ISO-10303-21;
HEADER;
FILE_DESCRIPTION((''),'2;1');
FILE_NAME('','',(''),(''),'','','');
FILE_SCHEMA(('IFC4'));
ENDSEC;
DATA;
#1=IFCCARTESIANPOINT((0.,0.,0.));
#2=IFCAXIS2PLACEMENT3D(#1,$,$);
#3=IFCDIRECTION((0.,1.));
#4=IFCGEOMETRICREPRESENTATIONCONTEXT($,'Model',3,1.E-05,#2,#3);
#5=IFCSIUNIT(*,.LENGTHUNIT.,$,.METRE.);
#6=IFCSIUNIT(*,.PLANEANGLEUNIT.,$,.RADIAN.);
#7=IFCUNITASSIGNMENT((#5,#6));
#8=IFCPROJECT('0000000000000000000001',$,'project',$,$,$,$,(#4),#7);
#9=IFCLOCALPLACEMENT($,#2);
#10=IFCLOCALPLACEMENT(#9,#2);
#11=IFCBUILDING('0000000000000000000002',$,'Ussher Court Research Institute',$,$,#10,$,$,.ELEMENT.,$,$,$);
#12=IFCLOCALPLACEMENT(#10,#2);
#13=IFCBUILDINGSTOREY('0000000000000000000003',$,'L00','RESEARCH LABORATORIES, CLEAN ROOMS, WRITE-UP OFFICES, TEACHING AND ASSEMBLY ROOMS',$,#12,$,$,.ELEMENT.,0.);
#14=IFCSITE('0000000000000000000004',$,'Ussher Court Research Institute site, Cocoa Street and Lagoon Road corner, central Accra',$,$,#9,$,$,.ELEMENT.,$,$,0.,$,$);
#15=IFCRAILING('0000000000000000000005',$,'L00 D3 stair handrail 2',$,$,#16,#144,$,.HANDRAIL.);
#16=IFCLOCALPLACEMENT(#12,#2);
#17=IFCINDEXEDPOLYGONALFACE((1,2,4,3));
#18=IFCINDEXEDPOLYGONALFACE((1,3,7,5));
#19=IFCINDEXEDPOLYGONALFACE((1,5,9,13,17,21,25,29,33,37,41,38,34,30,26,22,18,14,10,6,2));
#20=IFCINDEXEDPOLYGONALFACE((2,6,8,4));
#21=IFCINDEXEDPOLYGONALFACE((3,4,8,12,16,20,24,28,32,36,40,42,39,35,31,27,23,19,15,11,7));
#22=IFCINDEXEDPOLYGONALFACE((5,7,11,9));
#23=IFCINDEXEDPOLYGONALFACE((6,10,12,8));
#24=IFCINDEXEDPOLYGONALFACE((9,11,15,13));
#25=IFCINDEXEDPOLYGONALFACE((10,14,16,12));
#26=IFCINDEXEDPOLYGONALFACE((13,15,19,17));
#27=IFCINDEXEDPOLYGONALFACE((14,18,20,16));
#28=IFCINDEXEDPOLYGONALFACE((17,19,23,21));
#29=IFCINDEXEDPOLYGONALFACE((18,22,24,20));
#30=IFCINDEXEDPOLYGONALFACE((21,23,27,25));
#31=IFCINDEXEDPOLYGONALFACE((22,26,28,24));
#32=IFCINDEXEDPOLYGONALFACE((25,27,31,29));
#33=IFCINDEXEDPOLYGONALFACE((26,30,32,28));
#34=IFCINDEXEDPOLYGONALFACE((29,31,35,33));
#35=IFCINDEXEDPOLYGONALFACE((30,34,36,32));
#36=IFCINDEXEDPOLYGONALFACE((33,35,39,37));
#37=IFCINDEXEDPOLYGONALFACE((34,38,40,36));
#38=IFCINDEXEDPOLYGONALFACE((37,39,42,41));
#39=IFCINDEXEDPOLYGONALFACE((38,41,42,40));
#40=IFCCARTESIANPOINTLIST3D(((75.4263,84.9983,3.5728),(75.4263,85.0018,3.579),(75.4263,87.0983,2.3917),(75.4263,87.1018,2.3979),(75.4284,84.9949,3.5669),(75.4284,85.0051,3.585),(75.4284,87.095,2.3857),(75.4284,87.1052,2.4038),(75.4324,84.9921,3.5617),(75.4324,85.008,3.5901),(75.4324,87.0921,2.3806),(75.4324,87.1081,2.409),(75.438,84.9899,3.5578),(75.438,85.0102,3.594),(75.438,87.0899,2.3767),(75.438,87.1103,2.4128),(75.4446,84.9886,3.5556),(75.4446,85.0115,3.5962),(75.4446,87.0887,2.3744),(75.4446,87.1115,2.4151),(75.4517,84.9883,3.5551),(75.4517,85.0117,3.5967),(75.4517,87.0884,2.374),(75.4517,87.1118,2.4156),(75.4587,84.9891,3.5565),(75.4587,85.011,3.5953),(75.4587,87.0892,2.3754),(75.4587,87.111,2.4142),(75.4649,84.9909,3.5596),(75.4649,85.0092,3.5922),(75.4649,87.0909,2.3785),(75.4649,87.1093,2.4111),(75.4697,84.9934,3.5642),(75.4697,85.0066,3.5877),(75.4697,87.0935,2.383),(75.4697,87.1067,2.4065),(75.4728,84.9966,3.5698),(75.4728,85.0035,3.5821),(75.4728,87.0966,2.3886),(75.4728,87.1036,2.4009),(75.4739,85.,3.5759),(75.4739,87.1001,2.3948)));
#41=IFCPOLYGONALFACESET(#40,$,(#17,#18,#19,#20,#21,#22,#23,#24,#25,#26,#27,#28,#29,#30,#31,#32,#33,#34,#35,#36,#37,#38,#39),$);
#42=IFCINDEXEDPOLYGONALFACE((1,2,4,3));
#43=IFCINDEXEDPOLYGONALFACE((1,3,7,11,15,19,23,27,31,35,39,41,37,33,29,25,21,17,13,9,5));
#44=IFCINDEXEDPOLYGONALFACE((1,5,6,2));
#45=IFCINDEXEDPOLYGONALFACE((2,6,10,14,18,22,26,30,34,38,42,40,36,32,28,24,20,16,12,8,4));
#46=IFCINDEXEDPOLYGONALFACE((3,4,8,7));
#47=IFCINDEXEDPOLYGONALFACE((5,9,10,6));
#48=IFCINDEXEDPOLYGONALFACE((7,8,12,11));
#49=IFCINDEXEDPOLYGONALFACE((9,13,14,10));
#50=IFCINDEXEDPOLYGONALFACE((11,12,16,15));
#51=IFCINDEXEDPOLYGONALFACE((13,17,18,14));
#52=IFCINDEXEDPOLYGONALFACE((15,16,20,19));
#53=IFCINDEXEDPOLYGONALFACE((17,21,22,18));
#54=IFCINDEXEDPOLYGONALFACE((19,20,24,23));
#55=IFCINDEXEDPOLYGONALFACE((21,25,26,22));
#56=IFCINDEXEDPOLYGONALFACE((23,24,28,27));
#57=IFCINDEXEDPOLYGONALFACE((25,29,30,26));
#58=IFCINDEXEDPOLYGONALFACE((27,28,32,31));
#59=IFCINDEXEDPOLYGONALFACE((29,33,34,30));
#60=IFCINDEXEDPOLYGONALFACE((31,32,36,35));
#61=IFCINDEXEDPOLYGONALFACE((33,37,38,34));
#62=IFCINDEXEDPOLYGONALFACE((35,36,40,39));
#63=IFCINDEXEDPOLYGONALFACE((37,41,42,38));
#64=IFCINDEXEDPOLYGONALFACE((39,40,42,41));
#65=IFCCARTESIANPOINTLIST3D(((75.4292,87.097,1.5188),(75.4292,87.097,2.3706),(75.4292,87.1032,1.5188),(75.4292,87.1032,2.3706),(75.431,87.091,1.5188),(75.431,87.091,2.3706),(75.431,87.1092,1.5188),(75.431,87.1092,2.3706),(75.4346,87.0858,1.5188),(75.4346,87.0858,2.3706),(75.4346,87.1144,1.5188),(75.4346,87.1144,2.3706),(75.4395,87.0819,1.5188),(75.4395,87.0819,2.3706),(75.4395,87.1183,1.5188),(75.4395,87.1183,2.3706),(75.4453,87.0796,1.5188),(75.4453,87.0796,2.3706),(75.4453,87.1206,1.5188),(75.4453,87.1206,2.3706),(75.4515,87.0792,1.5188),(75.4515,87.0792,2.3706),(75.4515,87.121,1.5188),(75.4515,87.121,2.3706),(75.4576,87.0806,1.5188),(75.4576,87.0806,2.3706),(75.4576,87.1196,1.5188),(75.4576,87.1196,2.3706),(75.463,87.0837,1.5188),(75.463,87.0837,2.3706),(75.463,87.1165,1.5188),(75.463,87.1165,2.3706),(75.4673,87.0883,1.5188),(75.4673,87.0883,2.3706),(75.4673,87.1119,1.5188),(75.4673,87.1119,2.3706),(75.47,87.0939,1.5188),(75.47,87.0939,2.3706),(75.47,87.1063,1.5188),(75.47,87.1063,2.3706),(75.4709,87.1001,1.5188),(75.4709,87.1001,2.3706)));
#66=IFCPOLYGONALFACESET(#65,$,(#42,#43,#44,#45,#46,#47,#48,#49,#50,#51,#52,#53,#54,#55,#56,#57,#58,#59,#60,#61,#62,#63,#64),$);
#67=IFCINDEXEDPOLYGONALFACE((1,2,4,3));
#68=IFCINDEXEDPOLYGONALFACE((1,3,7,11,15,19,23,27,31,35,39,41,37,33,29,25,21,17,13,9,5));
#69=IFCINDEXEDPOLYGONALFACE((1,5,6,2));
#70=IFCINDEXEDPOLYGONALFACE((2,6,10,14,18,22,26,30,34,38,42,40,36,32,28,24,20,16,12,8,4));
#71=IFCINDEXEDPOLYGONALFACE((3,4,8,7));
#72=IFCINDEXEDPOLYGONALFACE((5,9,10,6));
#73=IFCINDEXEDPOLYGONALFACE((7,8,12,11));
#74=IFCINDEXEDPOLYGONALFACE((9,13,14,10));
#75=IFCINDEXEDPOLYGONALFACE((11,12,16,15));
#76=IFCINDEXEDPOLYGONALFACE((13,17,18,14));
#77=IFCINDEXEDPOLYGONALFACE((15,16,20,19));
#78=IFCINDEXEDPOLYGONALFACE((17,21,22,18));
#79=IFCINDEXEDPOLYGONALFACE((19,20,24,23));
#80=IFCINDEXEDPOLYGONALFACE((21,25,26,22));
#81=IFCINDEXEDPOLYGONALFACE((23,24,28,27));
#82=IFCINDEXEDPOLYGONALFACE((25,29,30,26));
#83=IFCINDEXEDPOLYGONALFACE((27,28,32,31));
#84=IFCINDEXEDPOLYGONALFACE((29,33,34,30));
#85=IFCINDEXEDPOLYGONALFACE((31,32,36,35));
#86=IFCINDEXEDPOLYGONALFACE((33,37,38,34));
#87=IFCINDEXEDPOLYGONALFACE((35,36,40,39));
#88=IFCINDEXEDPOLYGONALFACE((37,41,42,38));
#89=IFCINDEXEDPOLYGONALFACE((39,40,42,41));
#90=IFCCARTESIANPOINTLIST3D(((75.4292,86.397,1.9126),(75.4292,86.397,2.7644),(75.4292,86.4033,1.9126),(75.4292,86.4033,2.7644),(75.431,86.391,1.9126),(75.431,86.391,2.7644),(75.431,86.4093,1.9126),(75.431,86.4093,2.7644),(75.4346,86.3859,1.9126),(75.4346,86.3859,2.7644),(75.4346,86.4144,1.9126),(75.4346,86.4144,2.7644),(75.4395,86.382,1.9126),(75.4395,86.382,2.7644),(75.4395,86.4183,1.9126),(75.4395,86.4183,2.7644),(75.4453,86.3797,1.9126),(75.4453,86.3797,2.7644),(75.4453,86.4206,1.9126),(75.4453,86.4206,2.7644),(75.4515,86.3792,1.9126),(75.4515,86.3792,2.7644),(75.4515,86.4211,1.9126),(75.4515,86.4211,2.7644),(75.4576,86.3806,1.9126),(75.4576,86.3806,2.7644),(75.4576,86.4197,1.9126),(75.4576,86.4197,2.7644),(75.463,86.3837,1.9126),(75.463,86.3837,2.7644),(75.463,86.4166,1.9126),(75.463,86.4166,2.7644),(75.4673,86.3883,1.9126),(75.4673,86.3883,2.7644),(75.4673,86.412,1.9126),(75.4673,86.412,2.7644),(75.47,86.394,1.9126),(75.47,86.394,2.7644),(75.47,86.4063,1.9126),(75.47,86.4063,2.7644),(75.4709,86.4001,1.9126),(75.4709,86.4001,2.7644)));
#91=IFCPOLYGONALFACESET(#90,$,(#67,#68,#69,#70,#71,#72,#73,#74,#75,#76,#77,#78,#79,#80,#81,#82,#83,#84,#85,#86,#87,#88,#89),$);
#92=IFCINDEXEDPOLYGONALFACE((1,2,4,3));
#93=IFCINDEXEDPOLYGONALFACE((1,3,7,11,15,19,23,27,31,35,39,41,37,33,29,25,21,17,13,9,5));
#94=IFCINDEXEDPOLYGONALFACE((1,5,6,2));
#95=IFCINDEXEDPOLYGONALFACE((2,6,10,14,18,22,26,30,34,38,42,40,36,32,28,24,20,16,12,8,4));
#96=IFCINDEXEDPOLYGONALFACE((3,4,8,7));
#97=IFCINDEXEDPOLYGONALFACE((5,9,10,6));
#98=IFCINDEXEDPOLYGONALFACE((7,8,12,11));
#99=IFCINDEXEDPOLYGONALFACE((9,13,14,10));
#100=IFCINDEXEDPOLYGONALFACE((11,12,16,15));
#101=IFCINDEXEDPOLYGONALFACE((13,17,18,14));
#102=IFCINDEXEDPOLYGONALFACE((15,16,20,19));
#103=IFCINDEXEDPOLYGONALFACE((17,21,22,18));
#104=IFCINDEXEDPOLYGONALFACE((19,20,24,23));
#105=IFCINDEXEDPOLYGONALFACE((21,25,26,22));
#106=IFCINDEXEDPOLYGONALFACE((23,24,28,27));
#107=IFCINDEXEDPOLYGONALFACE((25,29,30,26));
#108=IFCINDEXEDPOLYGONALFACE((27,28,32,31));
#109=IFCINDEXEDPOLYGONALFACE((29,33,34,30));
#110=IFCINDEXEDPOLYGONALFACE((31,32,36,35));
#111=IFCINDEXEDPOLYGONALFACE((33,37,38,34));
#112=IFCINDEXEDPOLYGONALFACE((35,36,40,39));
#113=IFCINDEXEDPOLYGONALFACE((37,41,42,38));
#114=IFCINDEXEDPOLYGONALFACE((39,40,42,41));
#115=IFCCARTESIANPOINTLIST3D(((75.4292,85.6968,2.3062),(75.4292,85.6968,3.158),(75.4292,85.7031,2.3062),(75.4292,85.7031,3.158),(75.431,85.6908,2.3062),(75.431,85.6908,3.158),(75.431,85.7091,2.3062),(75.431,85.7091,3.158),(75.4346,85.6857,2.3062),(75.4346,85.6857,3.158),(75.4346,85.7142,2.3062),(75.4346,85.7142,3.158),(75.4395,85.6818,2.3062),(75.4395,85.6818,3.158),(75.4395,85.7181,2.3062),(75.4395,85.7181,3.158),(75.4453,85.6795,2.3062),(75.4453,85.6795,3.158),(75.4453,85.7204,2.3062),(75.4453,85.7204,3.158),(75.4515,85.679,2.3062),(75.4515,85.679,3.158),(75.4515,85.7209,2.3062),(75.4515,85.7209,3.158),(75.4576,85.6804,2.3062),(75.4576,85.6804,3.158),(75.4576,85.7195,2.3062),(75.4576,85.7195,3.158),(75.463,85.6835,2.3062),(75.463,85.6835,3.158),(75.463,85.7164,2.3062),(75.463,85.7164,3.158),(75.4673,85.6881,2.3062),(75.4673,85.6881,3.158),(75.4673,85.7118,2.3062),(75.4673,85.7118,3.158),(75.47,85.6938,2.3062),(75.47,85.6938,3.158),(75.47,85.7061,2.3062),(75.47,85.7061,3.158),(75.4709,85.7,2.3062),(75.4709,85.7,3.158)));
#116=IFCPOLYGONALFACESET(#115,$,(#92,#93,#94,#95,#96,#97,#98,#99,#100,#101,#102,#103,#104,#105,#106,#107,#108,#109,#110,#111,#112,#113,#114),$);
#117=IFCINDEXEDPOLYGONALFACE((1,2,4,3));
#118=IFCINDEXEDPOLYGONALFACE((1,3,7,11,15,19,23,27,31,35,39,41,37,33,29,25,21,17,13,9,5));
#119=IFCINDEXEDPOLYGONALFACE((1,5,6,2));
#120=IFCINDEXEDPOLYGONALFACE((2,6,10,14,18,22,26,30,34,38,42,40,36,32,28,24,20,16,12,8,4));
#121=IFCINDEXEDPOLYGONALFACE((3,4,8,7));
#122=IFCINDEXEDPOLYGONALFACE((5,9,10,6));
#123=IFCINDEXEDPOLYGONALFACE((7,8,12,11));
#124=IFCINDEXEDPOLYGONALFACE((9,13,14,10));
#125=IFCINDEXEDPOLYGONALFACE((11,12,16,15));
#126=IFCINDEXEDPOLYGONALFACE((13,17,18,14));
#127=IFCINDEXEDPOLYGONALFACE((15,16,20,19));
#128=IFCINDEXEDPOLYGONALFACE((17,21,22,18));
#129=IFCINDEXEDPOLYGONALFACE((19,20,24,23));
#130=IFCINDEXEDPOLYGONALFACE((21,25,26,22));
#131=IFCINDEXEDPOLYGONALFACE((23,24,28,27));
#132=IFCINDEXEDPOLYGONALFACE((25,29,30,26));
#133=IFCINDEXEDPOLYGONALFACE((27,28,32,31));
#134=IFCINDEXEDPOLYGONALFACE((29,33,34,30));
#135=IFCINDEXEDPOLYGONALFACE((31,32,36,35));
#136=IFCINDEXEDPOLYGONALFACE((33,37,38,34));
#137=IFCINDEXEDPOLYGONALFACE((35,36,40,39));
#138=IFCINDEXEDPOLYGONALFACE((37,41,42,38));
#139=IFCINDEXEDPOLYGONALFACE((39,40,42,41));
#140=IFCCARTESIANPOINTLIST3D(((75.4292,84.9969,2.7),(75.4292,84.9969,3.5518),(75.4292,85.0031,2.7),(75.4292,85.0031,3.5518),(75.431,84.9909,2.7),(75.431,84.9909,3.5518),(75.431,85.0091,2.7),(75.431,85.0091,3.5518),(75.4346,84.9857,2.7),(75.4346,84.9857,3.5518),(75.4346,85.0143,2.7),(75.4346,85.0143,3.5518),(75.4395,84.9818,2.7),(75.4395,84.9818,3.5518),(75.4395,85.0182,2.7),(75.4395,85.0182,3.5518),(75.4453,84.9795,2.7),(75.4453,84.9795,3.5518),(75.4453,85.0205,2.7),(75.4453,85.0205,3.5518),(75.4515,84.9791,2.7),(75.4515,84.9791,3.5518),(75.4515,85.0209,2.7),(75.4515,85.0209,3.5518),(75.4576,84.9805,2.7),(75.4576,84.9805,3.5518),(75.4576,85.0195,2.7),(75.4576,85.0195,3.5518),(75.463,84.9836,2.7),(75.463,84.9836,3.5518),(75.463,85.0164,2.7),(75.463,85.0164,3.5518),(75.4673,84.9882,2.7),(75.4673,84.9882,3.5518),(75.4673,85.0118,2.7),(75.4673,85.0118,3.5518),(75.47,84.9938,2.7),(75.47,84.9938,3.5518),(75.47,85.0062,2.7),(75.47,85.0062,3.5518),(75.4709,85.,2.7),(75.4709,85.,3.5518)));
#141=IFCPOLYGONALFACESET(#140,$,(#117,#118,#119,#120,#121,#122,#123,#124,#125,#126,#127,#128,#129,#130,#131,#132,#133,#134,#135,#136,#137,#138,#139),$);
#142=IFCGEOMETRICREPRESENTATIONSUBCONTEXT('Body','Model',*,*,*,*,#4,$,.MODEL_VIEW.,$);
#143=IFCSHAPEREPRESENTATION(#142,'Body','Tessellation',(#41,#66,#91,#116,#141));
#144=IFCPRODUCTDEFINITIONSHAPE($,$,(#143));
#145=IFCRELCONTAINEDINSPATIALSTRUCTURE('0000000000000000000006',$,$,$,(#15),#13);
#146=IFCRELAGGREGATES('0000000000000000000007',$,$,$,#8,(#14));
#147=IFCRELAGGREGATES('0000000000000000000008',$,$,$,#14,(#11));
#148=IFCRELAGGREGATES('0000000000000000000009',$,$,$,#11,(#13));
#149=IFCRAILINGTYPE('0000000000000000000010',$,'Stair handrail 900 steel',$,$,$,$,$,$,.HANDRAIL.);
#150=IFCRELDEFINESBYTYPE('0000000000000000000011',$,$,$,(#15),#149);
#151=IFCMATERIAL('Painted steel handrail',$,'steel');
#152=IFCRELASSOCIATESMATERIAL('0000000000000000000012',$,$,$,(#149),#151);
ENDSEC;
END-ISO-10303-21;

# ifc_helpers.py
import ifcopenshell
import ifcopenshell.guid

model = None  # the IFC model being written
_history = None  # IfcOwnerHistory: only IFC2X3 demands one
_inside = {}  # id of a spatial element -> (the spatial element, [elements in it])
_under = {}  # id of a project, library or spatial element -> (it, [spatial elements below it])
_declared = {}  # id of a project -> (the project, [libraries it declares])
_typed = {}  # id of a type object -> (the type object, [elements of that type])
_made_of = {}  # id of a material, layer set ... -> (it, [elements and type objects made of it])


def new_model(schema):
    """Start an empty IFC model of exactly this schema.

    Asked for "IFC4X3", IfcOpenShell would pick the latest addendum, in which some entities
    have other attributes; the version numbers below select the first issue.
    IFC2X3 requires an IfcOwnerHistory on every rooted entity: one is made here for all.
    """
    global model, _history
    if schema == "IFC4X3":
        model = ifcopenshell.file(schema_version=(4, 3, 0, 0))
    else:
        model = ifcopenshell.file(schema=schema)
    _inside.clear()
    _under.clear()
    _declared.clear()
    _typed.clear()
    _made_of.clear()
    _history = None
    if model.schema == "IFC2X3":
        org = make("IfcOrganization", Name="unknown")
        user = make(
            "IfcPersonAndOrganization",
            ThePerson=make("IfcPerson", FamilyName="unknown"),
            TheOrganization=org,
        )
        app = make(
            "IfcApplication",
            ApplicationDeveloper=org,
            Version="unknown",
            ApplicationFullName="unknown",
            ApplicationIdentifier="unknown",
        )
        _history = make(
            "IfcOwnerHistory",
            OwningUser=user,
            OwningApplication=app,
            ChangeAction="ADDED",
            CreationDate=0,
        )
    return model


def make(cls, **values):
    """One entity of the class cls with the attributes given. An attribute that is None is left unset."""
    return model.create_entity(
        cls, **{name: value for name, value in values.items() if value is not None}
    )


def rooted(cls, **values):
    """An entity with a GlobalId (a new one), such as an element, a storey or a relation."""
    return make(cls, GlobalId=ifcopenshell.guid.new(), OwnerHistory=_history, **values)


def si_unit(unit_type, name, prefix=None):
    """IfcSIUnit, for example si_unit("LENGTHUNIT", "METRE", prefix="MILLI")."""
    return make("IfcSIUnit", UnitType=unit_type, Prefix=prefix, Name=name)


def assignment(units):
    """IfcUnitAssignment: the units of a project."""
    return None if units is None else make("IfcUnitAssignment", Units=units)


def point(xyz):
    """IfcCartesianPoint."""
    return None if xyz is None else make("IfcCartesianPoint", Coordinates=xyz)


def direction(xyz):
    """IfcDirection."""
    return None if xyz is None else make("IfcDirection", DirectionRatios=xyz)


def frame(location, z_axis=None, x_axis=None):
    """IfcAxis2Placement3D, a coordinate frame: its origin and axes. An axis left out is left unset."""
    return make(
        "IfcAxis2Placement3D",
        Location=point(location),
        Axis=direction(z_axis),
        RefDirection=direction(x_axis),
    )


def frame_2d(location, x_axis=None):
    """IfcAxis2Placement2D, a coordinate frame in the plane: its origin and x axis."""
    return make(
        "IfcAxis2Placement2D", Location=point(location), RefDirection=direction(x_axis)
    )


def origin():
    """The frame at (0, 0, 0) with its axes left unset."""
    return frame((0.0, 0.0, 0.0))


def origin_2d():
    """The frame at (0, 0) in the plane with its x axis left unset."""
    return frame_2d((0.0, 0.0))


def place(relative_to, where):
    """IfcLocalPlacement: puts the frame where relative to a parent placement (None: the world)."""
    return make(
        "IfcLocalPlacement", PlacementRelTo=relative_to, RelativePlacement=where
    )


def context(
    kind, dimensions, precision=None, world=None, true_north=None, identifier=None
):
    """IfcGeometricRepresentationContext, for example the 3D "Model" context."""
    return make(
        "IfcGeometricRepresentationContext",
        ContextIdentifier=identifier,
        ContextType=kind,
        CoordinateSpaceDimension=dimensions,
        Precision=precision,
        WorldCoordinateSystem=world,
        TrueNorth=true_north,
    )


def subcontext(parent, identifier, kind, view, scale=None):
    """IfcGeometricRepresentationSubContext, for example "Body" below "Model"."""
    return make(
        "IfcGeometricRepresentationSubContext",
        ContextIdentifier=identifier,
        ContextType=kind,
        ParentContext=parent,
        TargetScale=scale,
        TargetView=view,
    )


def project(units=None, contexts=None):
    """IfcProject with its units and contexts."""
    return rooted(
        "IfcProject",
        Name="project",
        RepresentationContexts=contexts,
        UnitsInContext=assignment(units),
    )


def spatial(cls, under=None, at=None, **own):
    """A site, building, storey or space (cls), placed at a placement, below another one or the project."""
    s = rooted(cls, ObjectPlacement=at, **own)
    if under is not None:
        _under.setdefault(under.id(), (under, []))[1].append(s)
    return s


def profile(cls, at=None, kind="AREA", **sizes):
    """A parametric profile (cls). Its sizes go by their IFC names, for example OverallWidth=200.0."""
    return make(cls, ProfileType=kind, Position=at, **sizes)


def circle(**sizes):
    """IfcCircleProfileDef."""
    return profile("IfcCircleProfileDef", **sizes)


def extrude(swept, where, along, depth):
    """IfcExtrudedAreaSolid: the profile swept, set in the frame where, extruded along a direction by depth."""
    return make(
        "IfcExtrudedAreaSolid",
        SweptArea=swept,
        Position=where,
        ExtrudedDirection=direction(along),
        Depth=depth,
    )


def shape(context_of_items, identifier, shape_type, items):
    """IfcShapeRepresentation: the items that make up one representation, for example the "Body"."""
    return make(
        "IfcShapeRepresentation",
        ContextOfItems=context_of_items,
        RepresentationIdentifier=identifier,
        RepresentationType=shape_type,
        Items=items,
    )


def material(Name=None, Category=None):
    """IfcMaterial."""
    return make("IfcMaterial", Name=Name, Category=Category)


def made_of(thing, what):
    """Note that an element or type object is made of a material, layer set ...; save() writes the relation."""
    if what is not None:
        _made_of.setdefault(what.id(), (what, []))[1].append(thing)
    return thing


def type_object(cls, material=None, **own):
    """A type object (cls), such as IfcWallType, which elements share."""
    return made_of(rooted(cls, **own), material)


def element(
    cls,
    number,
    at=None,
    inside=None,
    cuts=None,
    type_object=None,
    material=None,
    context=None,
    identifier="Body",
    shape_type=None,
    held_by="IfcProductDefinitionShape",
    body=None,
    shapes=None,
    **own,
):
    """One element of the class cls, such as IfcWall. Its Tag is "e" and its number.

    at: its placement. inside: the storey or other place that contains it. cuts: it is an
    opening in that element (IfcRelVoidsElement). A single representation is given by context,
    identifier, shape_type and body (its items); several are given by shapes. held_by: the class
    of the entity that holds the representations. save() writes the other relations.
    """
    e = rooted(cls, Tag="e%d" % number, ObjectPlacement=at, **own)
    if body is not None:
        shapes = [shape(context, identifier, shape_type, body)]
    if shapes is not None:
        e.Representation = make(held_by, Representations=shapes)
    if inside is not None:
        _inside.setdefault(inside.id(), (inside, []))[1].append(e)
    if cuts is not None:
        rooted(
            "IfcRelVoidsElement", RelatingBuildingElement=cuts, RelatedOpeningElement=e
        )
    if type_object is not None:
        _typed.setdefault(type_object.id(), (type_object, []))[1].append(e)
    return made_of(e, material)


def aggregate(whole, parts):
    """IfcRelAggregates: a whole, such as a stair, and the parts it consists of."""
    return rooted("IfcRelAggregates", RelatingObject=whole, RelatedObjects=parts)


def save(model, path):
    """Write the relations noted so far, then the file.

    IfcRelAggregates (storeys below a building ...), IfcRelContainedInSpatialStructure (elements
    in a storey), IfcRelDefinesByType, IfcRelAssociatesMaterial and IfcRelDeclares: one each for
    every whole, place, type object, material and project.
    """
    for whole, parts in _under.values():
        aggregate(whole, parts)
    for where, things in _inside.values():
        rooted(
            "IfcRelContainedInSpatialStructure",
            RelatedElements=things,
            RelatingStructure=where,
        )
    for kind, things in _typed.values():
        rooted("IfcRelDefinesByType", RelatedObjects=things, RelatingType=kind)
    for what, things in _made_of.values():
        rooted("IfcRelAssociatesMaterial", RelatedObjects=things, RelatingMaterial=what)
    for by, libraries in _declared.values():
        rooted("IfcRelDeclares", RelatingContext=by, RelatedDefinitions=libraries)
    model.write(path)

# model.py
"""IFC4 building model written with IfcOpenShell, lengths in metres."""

from ifc_helpers import new_model, si_unit, direction, frame, origin, origin_2d, place, context, subcontext, project, spatial, circle, extrude, material, type_object, element, save


model = new_model("IFC4")

# Units and contexts
model_context = context("Model", 3, precision=1e-05, world=origin(), true_north=direction((0.0, 1.0)))
body_context = subcontext(model_context, "Body", "Model", "MODEL_VIEW")
ifc_project = project(units=[si_unit("LENGTHUNIT", "METRE"), si_unit("PLANEANGLEUNIT", "RADIAN")], contexts=[model_context])

# Site, building, storey
site_placement = place(None, origin())
site = spatial("IfcSite", under=ifc_project, at=site_placement, Name="Ussher Court Research Institute site, Cocoa Street and Lagoon Road corner, central Accra", CompositionType="ELEMENT", RefElevation=0.0)
building_placement = place(site_placement, origin())
building = spatial("IfcBuilding", under=site, at=building_placement, Name="Ussher Court Research Institute", CompositionType="ELEMENT")
storey_placement = place(building_placement, origin())
storey = spatial("IfcBuildingStorey", under=building, at=storey_placement, Name="L00", Description="RESEARCH LABORATORIES, CLEAN ROOMS, WRITE-UP OFFICES, TEACHING AND ASSEMBLY ROOMS", CompositionType="ELEMENT", Elevation=0.0)

# Railing
ifc_material_1 = material(Name="Painted steel handrail", Category="steel")
railing_type_1 = type_object("IfcRailingType", Name="Stair handrail 900 steel", PredefinedType="HANDRAIL", material=ifc_material_1)
for number, where, name in (
    (1, (75.45, 87.1001, 1.5188), "L00 D3 stair handrail 2"),
):
    element("IfcRailing", number, at=place(storey_placement, frame(where)), inside=storey, type_object=railing_type_1, Name=name, PredefinedType="HANDRAIL", context=body_context, shape_type="SweptSolid", body=[
        extrude(circle(Radius=0.0239, at=origin_2d()), frame((0.0, 0.0, 0.876), z_axis=(0.0, -0.871603, 0.490213), x_axis=(1.0, 0.0, 0.0)), (0.0, 0.0, 1.0), 2.4094),
        extrude(circle(Radius=0.021, at=origin_2d()), origin(), (0.0, 0.0, 1.0), 0.8518),
        extrude(circle(Radius=0.021, at=origin_2d()), frame((0.0, -0.7, 0.3938)), (0.0, 0.0, 1.0), 0.8518),
        extrude(circle(Radius=0.021, at=origin_2d()), frame((0.0, -1.4001, 0.7874)), (0.0, 0.0, 1.0), 0.8518),
        extrude(circle(Radius=0.021, at=origin_2d()), frame((0.0, -2.1001, 1.1812)), (0.0, 0.0, 1.0), 0.8518),
    ])

save(model, "model.ifc")
